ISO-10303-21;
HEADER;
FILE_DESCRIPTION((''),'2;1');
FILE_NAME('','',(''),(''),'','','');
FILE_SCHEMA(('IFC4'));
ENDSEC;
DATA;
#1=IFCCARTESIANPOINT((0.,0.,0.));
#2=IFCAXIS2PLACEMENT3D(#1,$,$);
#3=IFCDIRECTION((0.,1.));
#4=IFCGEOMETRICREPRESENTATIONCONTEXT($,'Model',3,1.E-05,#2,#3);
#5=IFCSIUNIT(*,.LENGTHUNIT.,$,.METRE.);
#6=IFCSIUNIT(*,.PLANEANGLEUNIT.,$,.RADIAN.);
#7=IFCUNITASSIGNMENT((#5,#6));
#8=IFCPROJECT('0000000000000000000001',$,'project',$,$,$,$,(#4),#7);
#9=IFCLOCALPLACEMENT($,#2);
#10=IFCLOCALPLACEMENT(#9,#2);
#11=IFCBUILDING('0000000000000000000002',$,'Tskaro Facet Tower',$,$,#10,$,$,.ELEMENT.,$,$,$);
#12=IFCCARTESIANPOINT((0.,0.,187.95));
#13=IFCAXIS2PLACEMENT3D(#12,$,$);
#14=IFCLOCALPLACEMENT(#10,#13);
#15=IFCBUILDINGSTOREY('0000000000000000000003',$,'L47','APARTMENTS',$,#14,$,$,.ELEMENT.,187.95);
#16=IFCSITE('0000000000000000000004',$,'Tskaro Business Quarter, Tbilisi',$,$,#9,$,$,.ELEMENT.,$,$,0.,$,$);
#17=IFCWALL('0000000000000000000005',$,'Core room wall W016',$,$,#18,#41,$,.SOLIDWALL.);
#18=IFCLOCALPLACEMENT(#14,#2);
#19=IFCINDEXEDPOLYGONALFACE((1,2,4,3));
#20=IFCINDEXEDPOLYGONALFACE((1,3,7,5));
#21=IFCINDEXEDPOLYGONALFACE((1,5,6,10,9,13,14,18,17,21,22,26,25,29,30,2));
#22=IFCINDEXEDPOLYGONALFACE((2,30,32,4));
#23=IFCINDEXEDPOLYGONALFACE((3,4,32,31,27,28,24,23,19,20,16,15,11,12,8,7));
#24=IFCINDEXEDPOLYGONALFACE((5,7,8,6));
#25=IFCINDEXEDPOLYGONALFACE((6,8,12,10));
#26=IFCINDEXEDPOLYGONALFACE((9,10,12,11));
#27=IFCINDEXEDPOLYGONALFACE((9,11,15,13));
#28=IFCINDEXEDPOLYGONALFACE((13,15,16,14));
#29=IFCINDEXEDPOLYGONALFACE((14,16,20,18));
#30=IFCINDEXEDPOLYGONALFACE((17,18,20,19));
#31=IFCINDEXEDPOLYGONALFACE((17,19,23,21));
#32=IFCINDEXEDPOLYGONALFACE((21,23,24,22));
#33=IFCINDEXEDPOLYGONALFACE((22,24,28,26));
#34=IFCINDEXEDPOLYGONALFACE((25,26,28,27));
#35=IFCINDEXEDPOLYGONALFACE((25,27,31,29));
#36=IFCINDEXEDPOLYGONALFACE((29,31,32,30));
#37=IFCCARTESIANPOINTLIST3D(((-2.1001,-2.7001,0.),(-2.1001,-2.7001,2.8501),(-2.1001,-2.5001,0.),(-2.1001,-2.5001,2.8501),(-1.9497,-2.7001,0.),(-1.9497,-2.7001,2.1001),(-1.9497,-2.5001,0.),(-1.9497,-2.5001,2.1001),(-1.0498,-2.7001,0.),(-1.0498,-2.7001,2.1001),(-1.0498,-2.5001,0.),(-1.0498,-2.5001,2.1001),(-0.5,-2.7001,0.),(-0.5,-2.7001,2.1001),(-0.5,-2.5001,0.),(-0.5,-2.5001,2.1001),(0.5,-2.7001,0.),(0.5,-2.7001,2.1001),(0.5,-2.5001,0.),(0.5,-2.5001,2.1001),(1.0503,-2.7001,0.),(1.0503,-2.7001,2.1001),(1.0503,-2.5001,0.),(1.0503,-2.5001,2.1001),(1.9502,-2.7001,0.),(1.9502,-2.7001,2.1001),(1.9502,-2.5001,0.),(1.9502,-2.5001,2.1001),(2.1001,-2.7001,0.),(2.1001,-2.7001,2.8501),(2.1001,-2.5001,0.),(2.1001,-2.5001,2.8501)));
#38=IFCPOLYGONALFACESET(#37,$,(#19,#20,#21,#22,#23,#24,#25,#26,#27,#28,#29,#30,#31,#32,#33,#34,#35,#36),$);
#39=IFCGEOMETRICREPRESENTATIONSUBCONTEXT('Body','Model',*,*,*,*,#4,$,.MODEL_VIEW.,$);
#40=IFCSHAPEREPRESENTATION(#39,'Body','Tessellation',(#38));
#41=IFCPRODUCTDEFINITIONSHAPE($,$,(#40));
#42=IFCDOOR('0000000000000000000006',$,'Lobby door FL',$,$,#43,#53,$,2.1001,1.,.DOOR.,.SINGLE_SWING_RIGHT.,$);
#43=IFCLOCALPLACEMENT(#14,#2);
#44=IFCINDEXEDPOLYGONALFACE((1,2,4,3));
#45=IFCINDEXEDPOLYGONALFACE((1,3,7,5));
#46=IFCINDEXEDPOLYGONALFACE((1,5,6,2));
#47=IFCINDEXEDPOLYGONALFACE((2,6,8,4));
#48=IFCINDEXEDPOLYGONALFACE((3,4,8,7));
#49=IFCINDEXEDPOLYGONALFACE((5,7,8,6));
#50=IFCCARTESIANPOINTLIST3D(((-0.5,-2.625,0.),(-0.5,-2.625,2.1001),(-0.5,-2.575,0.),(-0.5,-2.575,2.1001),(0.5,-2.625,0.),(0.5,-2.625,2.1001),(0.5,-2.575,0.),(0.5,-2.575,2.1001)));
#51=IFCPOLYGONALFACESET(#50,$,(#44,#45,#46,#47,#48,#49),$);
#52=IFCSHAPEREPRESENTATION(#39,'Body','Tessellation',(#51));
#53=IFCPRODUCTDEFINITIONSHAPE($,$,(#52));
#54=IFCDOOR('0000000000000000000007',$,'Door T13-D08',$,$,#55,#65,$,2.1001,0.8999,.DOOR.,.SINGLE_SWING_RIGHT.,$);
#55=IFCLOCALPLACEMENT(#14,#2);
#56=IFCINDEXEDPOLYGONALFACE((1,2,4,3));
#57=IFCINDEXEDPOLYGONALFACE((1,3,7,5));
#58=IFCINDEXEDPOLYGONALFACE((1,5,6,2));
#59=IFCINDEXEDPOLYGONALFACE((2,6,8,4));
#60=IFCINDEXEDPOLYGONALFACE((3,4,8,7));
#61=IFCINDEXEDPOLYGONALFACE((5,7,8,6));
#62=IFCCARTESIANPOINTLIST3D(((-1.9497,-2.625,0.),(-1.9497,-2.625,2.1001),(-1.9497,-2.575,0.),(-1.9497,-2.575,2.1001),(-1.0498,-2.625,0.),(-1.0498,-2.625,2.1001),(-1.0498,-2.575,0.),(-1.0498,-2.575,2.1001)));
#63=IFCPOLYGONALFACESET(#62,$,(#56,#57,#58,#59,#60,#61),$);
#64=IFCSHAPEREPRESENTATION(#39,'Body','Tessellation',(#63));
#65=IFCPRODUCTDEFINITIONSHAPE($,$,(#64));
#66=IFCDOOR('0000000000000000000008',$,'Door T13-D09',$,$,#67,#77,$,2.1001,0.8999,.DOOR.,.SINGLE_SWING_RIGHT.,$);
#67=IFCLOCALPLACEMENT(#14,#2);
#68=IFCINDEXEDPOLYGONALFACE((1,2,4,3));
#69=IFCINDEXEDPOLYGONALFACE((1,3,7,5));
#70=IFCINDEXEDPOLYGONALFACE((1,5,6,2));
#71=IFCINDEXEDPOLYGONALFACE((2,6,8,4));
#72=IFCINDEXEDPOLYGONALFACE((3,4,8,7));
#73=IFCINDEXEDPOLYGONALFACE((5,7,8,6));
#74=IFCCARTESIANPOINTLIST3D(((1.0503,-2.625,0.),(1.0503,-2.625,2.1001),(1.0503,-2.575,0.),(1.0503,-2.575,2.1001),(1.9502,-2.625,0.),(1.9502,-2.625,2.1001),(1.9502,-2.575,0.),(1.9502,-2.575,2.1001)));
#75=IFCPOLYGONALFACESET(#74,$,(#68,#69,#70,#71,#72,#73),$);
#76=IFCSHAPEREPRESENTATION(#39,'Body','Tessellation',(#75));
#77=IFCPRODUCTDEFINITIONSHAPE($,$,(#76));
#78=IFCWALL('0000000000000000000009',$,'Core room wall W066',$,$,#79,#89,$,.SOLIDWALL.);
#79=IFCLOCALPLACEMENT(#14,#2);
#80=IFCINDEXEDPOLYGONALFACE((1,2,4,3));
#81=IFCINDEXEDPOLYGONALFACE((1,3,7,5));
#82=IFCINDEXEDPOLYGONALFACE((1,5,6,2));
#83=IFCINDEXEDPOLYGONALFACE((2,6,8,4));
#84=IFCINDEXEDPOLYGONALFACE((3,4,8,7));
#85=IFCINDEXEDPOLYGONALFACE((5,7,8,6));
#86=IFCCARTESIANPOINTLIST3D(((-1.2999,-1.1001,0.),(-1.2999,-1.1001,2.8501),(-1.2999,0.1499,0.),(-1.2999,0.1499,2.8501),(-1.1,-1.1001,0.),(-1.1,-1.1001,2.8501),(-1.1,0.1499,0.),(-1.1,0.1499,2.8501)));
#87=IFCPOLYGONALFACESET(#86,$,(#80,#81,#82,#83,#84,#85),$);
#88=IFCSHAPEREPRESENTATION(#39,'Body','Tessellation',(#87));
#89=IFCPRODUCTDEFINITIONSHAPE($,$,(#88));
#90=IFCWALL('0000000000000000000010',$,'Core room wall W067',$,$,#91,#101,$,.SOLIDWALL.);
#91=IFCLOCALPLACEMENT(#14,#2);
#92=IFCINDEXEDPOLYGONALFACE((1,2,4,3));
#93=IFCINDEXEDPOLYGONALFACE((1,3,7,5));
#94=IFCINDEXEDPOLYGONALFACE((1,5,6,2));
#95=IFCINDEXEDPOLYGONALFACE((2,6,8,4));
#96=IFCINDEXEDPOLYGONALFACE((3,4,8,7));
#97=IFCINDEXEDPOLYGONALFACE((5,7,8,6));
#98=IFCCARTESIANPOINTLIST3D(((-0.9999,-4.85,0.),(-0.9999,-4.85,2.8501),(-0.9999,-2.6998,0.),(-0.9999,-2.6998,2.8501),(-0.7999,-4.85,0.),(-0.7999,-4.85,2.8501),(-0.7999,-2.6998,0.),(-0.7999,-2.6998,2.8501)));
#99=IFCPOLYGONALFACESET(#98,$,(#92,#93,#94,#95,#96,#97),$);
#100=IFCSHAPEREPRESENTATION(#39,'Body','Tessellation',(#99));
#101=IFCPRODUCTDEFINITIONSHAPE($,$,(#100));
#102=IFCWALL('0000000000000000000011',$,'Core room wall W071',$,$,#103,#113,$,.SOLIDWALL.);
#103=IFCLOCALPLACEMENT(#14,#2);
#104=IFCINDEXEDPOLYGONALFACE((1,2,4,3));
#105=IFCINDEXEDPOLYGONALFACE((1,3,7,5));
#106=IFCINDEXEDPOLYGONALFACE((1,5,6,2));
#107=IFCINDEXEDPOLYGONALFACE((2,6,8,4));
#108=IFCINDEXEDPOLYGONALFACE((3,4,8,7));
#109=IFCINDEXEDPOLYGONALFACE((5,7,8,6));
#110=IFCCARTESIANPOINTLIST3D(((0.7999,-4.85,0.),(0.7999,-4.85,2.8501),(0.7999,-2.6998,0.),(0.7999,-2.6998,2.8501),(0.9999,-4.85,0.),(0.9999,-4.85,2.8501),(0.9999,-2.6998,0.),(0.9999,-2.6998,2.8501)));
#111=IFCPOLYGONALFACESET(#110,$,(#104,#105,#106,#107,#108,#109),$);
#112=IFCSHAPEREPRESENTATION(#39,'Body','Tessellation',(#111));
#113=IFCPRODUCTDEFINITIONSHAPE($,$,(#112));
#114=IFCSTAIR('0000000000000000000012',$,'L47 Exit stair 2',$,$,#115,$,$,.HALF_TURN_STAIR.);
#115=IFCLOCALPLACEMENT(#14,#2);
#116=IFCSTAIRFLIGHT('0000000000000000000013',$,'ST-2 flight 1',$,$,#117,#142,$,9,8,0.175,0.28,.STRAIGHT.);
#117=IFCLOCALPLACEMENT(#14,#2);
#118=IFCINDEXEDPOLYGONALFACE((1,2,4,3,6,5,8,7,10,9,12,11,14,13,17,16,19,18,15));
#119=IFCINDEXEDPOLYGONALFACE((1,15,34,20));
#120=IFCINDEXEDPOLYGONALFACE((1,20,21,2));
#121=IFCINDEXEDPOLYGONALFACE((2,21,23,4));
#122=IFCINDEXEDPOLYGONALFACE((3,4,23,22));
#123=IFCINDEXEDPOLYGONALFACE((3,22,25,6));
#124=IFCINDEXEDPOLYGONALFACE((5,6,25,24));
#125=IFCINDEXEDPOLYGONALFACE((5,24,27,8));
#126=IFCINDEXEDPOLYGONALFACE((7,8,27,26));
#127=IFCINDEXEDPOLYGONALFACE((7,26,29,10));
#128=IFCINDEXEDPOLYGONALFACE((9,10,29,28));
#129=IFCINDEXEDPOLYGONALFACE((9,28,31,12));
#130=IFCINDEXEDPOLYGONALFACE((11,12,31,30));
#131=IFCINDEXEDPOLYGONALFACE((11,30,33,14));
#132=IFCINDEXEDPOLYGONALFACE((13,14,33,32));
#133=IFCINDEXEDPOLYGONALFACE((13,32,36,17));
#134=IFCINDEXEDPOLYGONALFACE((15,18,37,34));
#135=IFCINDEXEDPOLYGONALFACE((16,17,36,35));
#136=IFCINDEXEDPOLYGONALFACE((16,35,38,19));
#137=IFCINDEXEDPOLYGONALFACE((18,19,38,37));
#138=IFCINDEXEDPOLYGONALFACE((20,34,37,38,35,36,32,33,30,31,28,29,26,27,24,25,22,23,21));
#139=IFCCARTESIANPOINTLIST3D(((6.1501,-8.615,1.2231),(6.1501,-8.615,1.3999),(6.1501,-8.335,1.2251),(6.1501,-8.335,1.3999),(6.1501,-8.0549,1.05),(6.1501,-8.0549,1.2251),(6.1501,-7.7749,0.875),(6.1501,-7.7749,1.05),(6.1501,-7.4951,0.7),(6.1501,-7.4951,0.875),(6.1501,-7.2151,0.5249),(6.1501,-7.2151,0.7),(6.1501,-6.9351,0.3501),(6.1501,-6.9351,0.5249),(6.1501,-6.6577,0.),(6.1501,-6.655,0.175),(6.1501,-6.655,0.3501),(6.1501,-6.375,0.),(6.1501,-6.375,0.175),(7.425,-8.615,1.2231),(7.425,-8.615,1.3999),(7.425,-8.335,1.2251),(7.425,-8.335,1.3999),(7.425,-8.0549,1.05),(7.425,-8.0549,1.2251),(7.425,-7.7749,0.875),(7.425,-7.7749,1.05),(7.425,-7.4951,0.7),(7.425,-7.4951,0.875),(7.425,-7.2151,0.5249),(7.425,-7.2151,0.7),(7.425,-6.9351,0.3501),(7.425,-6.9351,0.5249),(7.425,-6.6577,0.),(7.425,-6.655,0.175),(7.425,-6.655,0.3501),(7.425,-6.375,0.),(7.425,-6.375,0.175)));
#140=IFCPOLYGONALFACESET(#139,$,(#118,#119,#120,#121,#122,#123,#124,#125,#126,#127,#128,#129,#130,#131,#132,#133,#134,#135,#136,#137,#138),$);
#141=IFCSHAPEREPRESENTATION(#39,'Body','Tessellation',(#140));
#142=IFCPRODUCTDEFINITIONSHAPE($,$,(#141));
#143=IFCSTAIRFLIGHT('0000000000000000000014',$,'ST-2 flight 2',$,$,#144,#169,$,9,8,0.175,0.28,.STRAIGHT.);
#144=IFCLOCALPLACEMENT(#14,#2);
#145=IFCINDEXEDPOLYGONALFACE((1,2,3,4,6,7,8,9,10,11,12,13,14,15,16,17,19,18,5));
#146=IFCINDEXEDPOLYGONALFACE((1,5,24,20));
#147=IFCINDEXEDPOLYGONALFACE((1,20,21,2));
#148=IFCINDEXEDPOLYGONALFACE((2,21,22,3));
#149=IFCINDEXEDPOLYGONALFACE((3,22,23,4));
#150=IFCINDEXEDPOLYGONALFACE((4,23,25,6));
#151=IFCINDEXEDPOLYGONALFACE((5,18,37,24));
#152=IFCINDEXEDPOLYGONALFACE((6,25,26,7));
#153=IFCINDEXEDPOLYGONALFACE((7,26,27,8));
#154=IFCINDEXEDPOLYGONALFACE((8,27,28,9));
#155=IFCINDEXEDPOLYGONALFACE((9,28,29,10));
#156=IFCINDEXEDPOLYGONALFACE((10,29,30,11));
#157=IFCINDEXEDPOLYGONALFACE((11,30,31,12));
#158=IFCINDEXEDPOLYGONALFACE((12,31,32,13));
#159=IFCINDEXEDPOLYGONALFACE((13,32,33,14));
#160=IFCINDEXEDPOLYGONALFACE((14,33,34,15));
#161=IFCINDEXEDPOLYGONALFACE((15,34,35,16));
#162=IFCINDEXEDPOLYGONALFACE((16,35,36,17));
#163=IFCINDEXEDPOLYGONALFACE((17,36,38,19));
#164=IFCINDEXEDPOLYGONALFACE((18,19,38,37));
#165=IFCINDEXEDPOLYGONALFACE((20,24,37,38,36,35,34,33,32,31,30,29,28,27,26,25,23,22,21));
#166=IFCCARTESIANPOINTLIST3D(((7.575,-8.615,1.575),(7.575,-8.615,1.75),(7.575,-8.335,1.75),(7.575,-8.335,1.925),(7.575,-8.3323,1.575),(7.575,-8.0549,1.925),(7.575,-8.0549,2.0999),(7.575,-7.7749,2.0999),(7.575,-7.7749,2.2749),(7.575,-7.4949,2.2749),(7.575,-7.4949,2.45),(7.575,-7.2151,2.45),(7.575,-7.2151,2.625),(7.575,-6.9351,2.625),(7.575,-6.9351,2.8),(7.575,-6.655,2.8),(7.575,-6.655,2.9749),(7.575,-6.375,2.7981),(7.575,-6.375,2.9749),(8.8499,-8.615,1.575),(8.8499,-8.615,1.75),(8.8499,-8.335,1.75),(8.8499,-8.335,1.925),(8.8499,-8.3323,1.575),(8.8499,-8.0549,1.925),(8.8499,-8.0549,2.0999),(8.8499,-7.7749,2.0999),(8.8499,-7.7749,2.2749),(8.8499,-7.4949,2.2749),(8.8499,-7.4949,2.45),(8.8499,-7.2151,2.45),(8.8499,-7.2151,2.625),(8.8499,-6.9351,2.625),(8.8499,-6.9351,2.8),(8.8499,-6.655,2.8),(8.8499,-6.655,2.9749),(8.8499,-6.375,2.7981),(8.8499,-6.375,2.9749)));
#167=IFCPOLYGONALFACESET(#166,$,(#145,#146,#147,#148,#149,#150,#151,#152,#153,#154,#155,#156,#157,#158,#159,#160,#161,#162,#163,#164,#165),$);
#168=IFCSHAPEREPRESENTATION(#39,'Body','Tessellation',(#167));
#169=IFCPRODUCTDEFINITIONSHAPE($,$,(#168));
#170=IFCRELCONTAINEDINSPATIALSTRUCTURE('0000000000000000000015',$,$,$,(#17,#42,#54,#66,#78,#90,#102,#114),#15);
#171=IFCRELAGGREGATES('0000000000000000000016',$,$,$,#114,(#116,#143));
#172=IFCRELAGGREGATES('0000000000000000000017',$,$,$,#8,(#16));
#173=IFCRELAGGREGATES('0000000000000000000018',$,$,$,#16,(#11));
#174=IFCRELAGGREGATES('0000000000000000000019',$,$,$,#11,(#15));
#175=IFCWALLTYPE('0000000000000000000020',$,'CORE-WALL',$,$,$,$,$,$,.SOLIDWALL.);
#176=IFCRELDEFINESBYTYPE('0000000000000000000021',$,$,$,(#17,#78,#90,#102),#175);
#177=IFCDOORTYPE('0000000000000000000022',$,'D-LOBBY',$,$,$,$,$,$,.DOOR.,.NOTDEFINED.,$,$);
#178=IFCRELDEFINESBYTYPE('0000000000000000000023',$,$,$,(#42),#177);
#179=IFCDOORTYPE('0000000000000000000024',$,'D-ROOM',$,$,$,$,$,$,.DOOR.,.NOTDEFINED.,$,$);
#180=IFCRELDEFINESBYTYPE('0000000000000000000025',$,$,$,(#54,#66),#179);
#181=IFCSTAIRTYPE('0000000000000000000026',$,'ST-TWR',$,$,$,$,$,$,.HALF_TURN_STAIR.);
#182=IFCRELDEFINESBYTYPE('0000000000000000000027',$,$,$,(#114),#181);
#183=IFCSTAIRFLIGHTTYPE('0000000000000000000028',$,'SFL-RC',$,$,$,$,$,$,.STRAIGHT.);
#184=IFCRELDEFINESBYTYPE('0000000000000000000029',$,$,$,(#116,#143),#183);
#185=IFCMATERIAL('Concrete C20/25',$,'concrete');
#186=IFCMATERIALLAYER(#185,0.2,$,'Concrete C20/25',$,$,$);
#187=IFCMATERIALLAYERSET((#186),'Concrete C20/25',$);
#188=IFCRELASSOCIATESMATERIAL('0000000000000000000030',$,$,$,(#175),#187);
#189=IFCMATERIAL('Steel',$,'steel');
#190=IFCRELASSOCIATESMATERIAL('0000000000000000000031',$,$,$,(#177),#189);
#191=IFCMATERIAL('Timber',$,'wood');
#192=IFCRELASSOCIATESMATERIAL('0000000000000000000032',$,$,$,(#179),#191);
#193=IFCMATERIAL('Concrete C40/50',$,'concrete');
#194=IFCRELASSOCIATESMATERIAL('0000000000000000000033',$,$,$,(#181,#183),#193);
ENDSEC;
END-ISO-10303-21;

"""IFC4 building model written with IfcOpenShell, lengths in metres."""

from ifc_helpers import new_model, si_unit, direction, frame, frame_2d, origin, place, context, subcontext, project, spatial, polyline, rectangle, outline, extrude, material, layer, layer_set, type_object, element, fill, aggregate, save


model = new_model("IFC4")

# Units and contexts
model_context = context("Model", 3, precision=1e-05, world=origin(), true_north=direction((0.0, 1.0)))
body_context = subcontext(model_context, "Body", "Model", "MODEL_VIEW")
ifc_project = project(units=[si_unit("LENGTHUNIT", "METRE"), si_unit("PLANEANGLEUNIT", "RADIAN")], contexts=[model_context])

# Site, building, storey
site_placement = place(None, origin())
site = spatial("IfcSite", under=ifc_project, at=site_placement, Name="Tskaro Business Quarter, Tbilisi", CompositionType="ELEMENT", RefElevation=0.0)
building_placement = place(site_placement, origin())
building = spatial("IfcBuilding", under=site, at=building_placement, Name="Tskaro Facet Tower", CompositionType="ELEMENT")
storey_placement = place(building_placement, frame((0.0, 0.0, 187.95)))
storey = spatial("IfcBuildingStorey", under=building, at=storey_placement, Name="L47", Description="APARTMENTS", CompositionType="ELEMENT", Elevation=187.95)

# Shared definitions
ifc_material_1 = material(Name="Steel", Category="steel")

# Shared definitions
ifc_material_2 = material(Name="Concrete C20/25", Category="concrete")
ifc_layer_1 = layer(ifc_material_2, 0.2, Name="Concrete C20/25")
ifc_layer_set_1 = layer_set([ifc_layer_1], Name="Concrete C20/25")
wall_type_1 = type_object("IfcWallType", Name="CORE-WALL", PredefinedType="SOLIDWALL", material=ifc_layer_set_1)

# Wall, openings, doors
wall_1_placement = place(storey_placement, frame((2.1001, -2.6001, 0.0), z_axis=(0.0, 0.0, 1.0), x_axis=(-1.0, 0.0, 0.0)))
wall_1 = element("IfcWall", 1, at=wall_1_placement, inside=storey, type_object=wall_type_1, Name="Core room wall W016", PredefinedType="SOLIDWALL", context=body_context, shape_type="SweptSolid", body=[
    extrude(rectangle(XDim=4.2002, YDim=0.2, at=frame_2d((2.1001, 0.0))), origin(), (0.0, 0.0, 1.0), 2.8501),
])
opening_1_placement = place(wall_1_placement, frame((1.6001, 0.0, 0.0)))
opening_1 = element("IfcOpeningElement", 2, at=opening_1_placement, cuts=wall_1, PredefinedType="OPENING", context=body_context, shape_type="SweptSolid", body=[
    extrude(rectangle(XDim=1.0, YDim=2.1001, at=frame_2d((0.5, 1.05))), frame((0.0, 0.1099, 0.0), z_axis=(0.0, -1.0, 0.0), x_axis=(1.0, 0.0, 0.0)), (0.0, 0.0, 1.0), 0.22),
])
opening_2_placement = place(wall_1_placement, frame((3.1499, 0.0, 0.0)))
opening_2 = element("IfcOpeningElement", 3, at=opening_2_placement, cuts=wall_1, PredefinedType="OPENING", context=body_context, shape_type="SweptSolid", body=[
    extrude(rectangle(XDim=0.8999, YDim=2.1001, at=frame_2d((0.45, 1.05))), frame((0.0, 0.1099, 0.0), z_axis=(0.0, -1.0, 0.0), x_axis=(1.0, 0.0, 0.0)), (0.0, 0.0, 1.0), 0.22),
])
opening_3_placement = place(wall_1_placement, frame((0.1499, 0.0, 0.0)))
opening_3 = element("IfcOpeningElement", 4, at=opening_3_placement, cuts=wall_1, PredefinedType="OPENING", context=body_context, shape_type="SweptSolid", body=[
    extrude(rectangle(XDim=0.8999, YDim=2.1001, at=frame_2d((0.45, 1.05))), frame((0.0, 0.1099, 0.0), z_axis=(0.0, -1.0, 0.0), x_axis=(1.0, 0.0, 0.0)), (0.0, 0.0, 1.0), 0.22),
])
door_type_1 = type_object("IfcDoorType", Name="D-LOBBY", OperationType="NOTDEFINED", PredefinedType="DOOR", material=ifc_material_1)
door_1_placement = place(opening_1_placement, origin())
door_1 = element("IfcDoor", 5, at=door_1_placement, inside=storey, type_object=door_type_1, Name="Lobby door FL", OperationType="SINGLE_SWING_RIGHT", OverallHeight=2.1001, OverallWidth=1.0, PredefinedType="DOOR", context=body_context, shape_type="SweptSolid", body=[
    extrude(rectangle(XDim=1.0, YDim=2.1001, at=frame_2d((0.5, 1.05))), frame((0.0, 0.0249, 0.0), z_axis=(0.0, -1.0, 0.0), x_axis=(1.0, 0.0, 0.0)), (0.0, 0.0, 1.0), 0.05),
])
fill(opening_1, door_1)
ifc_material_3 = material(Name="Timber", Category="wood")
door_type_2 = type_object("IfcDoorType", Name="D-ROOM", OperationType="NOTDEFINED", PredefinedType="DOOR", material=ifc_material_3)
door_2_placement = place(opening_2_placement, origin())
door_2 = element("IfcDoor", 6, at=door_2_placement, inside=storey, type_object=door_type_2, Name="Door T13-D08", OperationType="SINGLE_SWING_RIGHT", OverallHeight=2.1001, OverallWidth=0.8999, PredefinedType="DOOR", context=body_context, shape_type="SweptSolid", body=[
    extrude(rectangle(XDim=0.8999, YDim=2.1001, at=frame_2d((0.45, 1.05))), frame((0.0, 0.0249, 0.0), z_axis=(0.0, -1.0, 0.0), x_axis=(1.0, 0.0, 0.0)), (0.0, 0.0, 1.0), 0.05),
])
fill(opening_2, door_2)
door_3_placement = place(opening_3_placement, origin())
door_3 = element("IfcDoor", 7, at=door_3_placement, inside=storey, type_object=door_type_2, Name="Door T13-D09", OperationType="SINGLE_SWING_RIGHT", OverallHeight=2.1001, OverallWidth=0.8999, PredefinedType="DOOR", context=body_context, shape_type="SweptSolid", body=[
    extrude(rectangle(XDim=0.8999, YDim=2.1001, at=frame_2d((0.45, 1.05))), frame((0.0, 0.0249, 0.0), z_axis=(0.0, -1.0, 0.0), x_axis=(1.0, 0.0, 0.0)), (0.0, 0.0, 1.0), 0.05),
])
fill(opening_3, door_3)

# Walls
wall_2_placement = place(storey_placement, frame((-1.2, -1.1001, 0.0), z_axis=(0.0, 0.0, 1.0), x_axis=(0.0, 1.0, 0.0)))
element("IfcWall", 8, at=wall_2_placement, inside=storey, type_object=wall_type_1, Name="Core room wall W066", PredefinedType="SOLIDWALL", context=body_context, shape_type="SweptSolid", body=[
    extrude(rectangle(XDim=1.25, YDim=0.2, at=frame_2d((0.625, 0.0))), origin(), (0.0, 0.0, 1.0), 2.8501),
])
for number, where, z_axis, x_axis, name in (
    (9, (-0.8999, -4.8501, 0.0), (0.0, 0.0, 1.0), (0.0, 1.0, 0.0), "Core room wall W067"),
    (10, (0.8999, -4.8501, 0.0), (0.0, 0.0, 1.0), (0.0, 1.0, 0.0), "Core room wall W071"),
):
    element("IfcWall", number, at=place(storey_placement, frame(where, z_axis=z_axis, x_axis=x_axis)), inside=storey, type_object=wall_type_1, Name=name, PredefinedType="SOLIDWALL", context=body_context, shape_type="SweptSolid", body=[
        extrude(rectangle(XDim=2.1501, YDim=0.2, at=frame_2d((1.0752, 0.0))), origin(), (0.0, 0.0, 1.0), 2.8501),
    ])

# Stair, stair flights
ifc_material_4 = material(Name="Concrete C40/50", Category="concrete")
stair_type = type_object("IfcStairType", Name="ST-TWR", PredefinedType="HALF_TURN_STAIR", material=ifc_material_4)
stair_placement = place(storey_placement, origin())
stair = element("IfcStair", 11, at=stair_placement, inside=storey, type_object=stair_type, Name="L47 Exit stair 2", PredefinedType="HALF_TURN_STAIR")
stair_flight_type = type_object("IfcStairFlightType", Name="SFL-RC", PredefinedType="STRAIGHT", material=ifc_material_4)
stair_flight_1_placement = place(storey_placement, frame((6.7876, -6.375, 0.0), z_axis=(0.0, 0.0, 1.0), x_axis=(0.0, -1.0, 0.0)))
stair_flight_1 = element("IfcStairFlight", 12, at=stair_flight_1_placement, type_object=stair_flight_type, Name="ST-2 flight 1", NumberOfRisers=9, NumberOfTreads=8, PredefinedType="STRAIGHT", RiserHeight=0.175, TreadLength=0.28, context=body_context, shape_type="SweptSolid", body=[
    extrude(outline(polyline([(0.0, 0.0), (0.0, 0.175), (0.28, 0.175), (0.28, 0.3501), (0.5601, 0.3501), (0.5601, 0.5249), (0.8401, 0.5249), (0.8401, 0.7), (1.1201, 0.7), (1.1201, 0.875), (1.3999, 0.875), (1.3999, 1.05), (1.6799, 1.05), (1.6799, 1.2251), (1.96, 1.2251), (1.96, 1.3999), (2.24, 1.3999), (2.24, 1.575), (2.24, 1.2231), (0.2827, 0.0), (0.0, 0.0)])), frame((0.0, 0.6375, 0.0), z_axis=(0.0, -1.0, 0.0), x_axis=(1.0, 0.0, 0.0)), (0.0, 0.0, 1.0), 1.2749),
])
stair_flight_2_placement = place(storey_placement, frame((8.2124, -8.615, 1.575), z_axis=(0.0, 0.0, 1.0), x_axis=(0.0, 1.0, 0.0)))
stair_flight_2 = element("IfcStairFlight", 13, at=stair_flight_2_placement, type_object=stair_flight_type, Name="ST-2 flight 2", NumberOfRisers=9, NumberOfTreads=8, PredefinedType="STRAIGHT", RiserHeight=0.175, TreadLength=0.28, context=body_context, shape_type="SweptSolid", body=[
    extrude(outline(polyline([(0.0, 0.0), (0.0, 0.175), (0.28, 0.175), (0.28, 0.3501), (0.5601, 0.3501), (0.5601, 0.5249), (0.8401, 0.5249), (0.8401, 0.7), (1.1201, 0.7), (1.1201, 0.875), (1.3999, 0.875), (1.3999, 1.05), (1.6799, 1.05), (1.6799, 1.2251), (1.96, 1.2251), (1.96, 1.3999), (2.24, 1.3999), (2.24, 1.575), (2.24, 1.2231), (0.2827, 0.0), (0.0, 0.0)])), frame((0.0, 0.6375, 0.0), z_axis=(0.0, -1.0, 0.0), x_axis=(1.0, 0.0, 0.0)), (0.0, 0.0, 1.0), 1.2749),
])
aggregate(stair, [stair_flight_1, stair_flight_2])

save(model, "model.ifc")
